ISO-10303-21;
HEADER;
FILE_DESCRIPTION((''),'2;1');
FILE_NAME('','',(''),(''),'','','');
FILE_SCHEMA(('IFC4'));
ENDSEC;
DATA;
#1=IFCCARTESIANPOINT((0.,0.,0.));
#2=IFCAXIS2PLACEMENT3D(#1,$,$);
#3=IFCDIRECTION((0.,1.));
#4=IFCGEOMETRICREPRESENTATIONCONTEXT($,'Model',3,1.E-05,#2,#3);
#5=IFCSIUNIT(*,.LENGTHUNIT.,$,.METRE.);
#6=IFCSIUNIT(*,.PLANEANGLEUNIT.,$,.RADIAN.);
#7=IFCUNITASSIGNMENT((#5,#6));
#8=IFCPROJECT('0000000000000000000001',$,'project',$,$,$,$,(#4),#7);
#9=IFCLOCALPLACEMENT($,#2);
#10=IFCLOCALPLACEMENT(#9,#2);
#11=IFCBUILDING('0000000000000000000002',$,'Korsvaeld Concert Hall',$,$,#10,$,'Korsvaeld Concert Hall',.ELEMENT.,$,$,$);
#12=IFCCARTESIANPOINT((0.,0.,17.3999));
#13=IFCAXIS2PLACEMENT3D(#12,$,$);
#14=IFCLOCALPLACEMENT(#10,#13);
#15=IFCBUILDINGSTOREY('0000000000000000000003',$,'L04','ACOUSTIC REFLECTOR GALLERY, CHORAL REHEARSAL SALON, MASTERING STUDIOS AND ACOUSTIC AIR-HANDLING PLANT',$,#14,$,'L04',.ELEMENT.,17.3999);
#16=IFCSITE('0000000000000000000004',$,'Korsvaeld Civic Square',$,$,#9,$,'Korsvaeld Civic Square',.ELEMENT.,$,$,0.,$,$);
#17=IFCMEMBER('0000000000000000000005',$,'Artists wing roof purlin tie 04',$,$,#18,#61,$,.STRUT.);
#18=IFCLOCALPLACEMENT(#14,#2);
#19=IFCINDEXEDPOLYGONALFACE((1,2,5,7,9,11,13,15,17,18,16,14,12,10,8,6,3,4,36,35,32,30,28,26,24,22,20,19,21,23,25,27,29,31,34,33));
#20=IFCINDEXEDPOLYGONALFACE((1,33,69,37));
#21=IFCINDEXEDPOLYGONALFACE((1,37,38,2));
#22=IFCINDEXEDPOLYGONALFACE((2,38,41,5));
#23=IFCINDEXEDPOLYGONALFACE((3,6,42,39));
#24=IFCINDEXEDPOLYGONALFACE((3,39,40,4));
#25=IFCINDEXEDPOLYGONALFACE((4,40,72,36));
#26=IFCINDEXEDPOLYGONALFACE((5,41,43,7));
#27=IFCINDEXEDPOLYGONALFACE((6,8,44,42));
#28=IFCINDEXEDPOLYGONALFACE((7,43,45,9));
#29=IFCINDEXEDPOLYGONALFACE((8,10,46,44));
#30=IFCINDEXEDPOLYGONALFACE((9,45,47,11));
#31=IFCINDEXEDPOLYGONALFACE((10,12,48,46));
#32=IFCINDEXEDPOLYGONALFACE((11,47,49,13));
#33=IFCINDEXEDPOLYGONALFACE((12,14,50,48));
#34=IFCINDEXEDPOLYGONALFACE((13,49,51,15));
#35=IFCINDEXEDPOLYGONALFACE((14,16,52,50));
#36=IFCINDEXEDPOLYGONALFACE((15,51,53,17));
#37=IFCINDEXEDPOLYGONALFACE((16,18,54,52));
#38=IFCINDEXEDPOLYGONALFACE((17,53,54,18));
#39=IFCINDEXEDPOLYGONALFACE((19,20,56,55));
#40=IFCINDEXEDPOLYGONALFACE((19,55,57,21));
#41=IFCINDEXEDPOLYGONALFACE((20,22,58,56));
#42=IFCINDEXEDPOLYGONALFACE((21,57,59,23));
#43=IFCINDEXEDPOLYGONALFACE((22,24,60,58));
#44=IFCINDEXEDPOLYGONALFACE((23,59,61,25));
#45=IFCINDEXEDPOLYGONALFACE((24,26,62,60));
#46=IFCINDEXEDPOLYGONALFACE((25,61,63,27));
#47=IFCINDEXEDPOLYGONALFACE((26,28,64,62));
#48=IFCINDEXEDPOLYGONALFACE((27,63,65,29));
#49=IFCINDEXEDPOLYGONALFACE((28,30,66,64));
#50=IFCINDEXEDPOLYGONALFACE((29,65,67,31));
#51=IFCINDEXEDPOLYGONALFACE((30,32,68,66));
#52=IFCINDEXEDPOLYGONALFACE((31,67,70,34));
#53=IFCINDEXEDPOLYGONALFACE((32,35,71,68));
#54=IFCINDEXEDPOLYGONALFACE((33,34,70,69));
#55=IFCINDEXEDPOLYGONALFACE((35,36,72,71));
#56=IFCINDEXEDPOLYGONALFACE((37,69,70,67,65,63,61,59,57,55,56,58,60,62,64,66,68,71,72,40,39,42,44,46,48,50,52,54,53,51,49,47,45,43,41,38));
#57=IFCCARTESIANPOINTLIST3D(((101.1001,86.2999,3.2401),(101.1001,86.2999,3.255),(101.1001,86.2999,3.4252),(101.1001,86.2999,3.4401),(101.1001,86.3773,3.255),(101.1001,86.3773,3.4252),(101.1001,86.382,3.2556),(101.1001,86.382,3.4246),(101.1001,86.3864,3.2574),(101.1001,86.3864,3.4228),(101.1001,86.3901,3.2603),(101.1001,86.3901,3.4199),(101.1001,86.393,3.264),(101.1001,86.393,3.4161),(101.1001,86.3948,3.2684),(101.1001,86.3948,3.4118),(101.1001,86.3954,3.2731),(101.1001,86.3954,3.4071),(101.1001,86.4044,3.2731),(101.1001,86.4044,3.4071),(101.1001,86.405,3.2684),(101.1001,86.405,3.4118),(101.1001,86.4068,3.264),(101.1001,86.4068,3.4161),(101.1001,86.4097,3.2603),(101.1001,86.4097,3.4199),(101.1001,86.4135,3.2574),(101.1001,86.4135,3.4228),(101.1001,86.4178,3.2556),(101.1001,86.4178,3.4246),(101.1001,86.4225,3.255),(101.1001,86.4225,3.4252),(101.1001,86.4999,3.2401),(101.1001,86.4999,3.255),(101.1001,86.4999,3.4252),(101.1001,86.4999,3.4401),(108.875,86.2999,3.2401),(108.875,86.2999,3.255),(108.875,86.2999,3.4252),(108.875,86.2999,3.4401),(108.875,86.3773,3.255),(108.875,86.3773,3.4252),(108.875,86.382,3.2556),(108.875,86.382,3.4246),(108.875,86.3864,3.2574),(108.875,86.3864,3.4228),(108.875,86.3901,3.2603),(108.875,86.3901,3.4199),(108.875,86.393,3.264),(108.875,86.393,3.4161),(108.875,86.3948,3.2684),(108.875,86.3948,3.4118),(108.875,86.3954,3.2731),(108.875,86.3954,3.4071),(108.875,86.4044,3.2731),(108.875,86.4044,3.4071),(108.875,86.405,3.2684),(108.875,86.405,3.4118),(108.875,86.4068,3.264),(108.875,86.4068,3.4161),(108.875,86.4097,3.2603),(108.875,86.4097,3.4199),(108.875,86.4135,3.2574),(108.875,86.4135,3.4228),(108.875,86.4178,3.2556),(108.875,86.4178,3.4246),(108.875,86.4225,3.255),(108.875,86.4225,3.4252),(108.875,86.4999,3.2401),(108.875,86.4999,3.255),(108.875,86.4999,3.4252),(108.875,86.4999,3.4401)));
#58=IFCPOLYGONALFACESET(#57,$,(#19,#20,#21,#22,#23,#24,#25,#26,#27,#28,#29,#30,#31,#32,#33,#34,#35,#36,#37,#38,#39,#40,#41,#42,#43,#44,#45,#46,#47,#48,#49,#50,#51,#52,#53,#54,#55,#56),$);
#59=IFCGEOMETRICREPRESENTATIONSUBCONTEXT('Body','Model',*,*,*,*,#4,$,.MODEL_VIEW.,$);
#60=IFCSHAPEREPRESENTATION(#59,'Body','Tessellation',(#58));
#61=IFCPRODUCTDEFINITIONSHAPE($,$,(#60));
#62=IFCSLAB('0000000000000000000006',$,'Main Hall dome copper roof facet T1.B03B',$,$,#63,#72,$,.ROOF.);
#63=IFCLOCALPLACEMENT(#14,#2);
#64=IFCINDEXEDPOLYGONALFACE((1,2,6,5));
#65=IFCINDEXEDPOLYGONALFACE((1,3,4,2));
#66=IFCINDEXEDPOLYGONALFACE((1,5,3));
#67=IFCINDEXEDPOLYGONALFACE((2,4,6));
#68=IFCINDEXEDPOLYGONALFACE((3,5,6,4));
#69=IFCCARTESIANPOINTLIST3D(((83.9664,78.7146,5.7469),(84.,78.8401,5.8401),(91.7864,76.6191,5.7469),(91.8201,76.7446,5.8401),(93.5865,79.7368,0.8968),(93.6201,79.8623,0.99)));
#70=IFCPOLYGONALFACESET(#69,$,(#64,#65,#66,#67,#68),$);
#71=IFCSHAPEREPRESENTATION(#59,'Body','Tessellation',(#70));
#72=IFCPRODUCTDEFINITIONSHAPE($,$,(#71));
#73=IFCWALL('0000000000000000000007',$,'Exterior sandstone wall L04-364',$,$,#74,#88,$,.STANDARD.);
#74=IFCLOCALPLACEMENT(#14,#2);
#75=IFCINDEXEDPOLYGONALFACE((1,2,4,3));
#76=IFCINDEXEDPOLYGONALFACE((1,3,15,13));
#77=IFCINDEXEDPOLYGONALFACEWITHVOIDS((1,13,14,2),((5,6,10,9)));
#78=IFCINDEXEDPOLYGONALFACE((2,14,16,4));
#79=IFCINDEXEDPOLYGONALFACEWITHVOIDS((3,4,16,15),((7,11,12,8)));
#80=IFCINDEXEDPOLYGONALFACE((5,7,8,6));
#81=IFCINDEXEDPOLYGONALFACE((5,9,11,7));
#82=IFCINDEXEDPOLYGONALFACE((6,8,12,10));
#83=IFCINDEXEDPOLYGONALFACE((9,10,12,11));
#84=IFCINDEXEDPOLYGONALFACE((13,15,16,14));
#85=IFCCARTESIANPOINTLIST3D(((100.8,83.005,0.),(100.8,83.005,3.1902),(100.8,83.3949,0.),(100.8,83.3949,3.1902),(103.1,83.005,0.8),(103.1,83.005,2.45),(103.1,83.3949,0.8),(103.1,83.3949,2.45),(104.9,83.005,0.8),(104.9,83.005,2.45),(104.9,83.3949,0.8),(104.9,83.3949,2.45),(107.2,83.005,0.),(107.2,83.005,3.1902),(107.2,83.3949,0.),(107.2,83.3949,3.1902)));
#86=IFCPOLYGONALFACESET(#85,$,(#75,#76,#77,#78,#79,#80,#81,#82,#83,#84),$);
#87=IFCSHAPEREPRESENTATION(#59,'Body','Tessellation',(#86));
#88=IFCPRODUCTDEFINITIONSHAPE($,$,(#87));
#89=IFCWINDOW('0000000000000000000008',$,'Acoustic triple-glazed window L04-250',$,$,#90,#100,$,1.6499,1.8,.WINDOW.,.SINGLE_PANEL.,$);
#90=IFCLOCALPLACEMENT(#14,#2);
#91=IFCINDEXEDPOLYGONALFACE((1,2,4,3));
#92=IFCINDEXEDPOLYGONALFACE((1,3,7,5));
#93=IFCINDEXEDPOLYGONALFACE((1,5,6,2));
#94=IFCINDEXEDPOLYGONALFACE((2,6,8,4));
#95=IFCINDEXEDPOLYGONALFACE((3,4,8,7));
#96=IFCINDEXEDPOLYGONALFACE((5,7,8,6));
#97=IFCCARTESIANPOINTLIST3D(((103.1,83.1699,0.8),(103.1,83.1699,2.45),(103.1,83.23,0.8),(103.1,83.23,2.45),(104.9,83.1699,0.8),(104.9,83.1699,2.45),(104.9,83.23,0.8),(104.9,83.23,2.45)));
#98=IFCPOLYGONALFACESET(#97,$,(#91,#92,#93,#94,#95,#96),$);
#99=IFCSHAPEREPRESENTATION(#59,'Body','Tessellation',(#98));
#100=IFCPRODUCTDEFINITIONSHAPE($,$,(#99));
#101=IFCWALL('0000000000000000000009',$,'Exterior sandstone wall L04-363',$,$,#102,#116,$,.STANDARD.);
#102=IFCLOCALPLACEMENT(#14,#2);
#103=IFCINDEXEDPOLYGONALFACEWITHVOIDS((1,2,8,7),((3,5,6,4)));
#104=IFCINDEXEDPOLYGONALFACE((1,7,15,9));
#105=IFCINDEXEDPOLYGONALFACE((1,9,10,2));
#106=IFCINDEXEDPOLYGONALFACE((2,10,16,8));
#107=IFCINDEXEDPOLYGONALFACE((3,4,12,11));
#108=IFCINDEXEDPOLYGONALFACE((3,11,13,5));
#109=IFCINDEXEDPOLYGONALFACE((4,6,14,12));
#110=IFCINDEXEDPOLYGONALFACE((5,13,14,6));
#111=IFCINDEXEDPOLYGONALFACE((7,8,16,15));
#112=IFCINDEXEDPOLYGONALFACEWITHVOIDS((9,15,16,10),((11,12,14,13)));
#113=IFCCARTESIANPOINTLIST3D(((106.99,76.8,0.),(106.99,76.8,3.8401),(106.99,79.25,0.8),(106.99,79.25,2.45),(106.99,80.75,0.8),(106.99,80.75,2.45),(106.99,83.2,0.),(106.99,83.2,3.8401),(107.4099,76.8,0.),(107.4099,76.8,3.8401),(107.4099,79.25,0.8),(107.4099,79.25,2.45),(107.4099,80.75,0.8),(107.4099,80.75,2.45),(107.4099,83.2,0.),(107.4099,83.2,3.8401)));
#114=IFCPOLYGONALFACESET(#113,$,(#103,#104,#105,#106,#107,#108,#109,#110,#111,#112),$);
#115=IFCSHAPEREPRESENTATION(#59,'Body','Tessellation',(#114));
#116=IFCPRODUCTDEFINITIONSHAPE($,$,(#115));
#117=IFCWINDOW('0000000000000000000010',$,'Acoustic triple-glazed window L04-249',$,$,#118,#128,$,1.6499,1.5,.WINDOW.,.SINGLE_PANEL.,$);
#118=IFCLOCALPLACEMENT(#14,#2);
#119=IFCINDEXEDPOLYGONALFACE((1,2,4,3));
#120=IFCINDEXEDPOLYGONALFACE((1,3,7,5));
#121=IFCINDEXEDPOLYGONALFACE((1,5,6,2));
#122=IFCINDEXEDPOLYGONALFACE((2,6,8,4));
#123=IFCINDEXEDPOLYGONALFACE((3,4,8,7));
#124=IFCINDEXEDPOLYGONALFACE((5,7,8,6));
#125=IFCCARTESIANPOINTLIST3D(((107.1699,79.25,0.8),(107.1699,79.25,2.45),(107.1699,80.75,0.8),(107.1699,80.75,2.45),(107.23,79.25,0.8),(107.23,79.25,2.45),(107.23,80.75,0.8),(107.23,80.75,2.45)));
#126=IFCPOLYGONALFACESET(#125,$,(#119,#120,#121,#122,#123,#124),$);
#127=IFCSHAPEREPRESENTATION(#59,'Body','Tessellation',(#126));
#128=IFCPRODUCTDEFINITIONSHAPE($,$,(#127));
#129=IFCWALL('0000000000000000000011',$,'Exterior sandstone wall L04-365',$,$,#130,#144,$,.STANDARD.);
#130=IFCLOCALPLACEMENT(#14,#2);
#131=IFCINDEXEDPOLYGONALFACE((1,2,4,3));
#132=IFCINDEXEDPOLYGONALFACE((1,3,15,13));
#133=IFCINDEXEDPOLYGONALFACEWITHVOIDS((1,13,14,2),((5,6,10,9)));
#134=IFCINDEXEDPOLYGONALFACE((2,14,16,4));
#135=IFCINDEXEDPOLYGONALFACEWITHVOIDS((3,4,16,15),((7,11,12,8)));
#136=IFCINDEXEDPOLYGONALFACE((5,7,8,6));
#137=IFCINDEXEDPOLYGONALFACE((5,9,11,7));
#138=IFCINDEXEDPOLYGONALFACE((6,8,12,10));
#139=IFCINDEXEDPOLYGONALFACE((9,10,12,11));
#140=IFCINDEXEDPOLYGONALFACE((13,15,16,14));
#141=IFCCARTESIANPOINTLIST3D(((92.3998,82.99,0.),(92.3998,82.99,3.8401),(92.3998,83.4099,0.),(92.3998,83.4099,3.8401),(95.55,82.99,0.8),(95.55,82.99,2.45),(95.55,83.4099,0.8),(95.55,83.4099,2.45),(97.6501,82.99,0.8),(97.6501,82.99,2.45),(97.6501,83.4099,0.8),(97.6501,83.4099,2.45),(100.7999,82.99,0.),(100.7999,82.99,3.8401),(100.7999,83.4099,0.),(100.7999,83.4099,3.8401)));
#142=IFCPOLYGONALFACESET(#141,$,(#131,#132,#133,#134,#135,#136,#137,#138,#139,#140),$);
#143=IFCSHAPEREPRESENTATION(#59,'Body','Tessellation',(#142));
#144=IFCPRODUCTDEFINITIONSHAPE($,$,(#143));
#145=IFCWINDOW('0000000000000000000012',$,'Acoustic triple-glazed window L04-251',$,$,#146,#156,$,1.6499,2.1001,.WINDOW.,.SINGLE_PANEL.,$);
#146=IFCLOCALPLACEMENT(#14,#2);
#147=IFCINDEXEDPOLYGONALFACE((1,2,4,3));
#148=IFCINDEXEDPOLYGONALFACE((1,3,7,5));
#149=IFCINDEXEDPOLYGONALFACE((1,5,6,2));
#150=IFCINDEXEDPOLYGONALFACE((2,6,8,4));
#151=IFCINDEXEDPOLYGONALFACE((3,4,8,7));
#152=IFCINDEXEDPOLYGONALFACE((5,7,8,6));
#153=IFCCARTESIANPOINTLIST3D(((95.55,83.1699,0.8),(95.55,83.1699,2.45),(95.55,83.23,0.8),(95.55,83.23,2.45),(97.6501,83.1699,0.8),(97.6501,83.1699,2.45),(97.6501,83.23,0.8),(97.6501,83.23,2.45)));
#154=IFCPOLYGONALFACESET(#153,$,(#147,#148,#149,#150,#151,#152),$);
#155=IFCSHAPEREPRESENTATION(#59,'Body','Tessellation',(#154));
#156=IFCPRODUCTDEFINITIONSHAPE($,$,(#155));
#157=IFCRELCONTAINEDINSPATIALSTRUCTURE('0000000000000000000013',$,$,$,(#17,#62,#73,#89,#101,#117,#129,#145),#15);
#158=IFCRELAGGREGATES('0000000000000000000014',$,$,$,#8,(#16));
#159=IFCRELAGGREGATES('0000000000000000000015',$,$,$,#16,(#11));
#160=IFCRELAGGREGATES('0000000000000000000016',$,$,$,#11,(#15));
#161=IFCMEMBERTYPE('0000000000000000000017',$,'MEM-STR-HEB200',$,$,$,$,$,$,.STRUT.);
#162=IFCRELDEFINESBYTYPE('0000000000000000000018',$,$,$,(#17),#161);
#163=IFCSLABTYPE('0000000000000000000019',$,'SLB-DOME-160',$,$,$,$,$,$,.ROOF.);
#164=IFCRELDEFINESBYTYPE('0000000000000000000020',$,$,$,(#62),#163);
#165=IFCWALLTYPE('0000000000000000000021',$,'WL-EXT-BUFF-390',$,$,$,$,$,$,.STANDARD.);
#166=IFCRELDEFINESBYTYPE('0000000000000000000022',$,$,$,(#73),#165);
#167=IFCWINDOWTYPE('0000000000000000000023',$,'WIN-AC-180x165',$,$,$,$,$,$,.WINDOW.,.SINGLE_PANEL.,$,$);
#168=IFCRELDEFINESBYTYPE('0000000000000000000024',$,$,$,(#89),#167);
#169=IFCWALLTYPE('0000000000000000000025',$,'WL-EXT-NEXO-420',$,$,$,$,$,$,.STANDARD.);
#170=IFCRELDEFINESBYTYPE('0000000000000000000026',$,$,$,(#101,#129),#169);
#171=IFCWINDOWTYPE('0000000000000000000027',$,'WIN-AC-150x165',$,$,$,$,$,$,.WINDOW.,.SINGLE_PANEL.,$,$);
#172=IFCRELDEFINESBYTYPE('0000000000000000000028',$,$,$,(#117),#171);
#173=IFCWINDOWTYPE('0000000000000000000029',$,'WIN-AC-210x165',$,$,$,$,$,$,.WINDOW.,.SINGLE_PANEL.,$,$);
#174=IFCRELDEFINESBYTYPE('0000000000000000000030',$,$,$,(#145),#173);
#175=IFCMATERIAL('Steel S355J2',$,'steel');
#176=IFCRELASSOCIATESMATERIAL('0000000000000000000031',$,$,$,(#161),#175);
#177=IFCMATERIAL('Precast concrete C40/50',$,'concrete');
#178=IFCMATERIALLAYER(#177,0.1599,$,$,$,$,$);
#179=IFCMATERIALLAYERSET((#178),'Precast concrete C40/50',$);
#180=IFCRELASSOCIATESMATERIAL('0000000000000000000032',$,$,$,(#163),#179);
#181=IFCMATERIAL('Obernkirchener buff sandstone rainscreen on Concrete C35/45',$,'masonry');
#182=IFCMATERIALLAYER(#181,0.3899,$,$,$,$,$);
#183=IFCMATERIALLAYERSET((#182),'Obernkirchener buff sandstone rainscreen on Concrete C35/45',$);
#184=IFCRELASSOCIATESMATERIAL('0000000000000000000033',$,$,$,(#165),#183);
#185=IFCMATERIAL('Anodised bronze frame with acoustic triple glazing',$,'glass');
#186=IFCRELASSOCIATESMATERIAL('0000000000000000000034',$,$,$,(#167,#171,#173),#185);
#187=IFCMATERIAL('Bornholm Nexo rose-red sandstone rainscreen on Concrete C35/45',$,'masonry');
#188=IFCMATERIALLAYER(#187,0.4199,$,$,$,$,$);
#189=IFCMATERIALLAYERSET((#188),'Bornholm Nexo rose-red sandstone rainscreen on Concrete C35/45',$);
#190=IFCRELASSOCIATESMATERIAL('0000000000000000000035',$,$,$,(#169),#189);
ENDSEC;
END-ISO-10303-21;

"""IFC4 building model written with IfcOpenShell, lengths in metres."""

from ifc_helpers import new_model, si_unit, direction, frame, frame_2d, origin, origin_2d, place, context, subcontext, project, spatial, polyline, rectangle, i_section, outline, extrude, material, layer, layer_set, material_profile, profile_set, type_object, element, fill, save


model = new_model("IFC4")

# Units and contexts
model_context = context("Model", 3, precision=1e-05, world=origin(), true_north=direction((0.0, 1.0)))
body_context = subcontext(model_context, "Body", "Model", "MODEL_VIEW")
ifc_project = project(units=[si_unit("LENGTHUNIT", "METRE"), si_unit("PLANEANGLEUNIT", "RADIAN")], contexts=[model_context])

# Site, building, storey
site_placement = place(None, origin())
site = spatial("IfcSite", under=ifc_project, at=site_placement, Name="Korsvaeld Civic Square", LongName="Korsvaeld Civic Square", CompositionType="ELEMENT", RefElevation=0.0)
building_placement = place(site_placement, origin())
building = spatial("IfcBuilding", under=site, at=building_placement, Name="Korsvaeld Concert Hall", LongName="Korsvaeld Concert Hall", CompositionType="ELEMENT")
storey_placement = place(building_placement, frame((0.0, 0.0, 17.3999)))
storey = spatial("IfcBuildingStorey", under=building, at=storey_placement, Name="L04", Description="ACOUSTIC REFLECTOR GALLERY, CHORAL REHEARSAL SALON, MASTERING STUDIOS AND ACOUSTIC AIR-HANDLING PLANT", LongName="L04", CompositionType="ELEMENT", Elevation=17.3999)

# Shared definitions
ifc_material_1 = material(Name="Steel S355J2", Category="steel")

# Member
ifc_material_profile_1 = material_profile(ifc_material_1, i_section(OverallWidth=0.2, OverallDepth=0.2, WebThickness=0.009, FlangeThickness=0.0149, FilletRadius=0.0181, at=origin_2d()), Name="HEB 200")
ifc_profile_set_1 = profile_set([ifc_material_profile_1], Name="Steel S355J2")
member_type = type_object("IfcMemberType", Name="MEM-STR-HEB200", PredefinedType="STRUT", material=ifc_profile_set_1)
member_placement = place(storey_placement, frame((101.1001, 86.3999, 3.3401), z_axis=(1.0, 0.0, 0.0), x_axis=(0.0, 1.0, 0.0)))
element("IfcMember", 1, at=member_placement, inside=storey, type_object=member_type, Name="Artists wing roof purlin tie 04", PredefinedType="STRUT", context=body_context, shape_type="SweptSolid", body=[
    extrude(i_section(OverallWidth=0.2, OverallDepth=0.2, WebThickness=0.009, FlangeThickness=0.0149, FilletRadius=0.0181, at=origin_2d()), origin(), (0.0, 0.0, 1.0), 7.7749),
])

# Slab
ifc_material_2 = material(Name="Precast concrete C40/50", Category="concrete")
ifc_layer_1 = layer(ifc_material_2, 0.1599)
ifc_layer_set_1 = layer_set([ifc_layer_1], Name="Precast concrete C40/50")
slab_type = type_object("IfcSlabType", Name="SLB-DOME-160", PredefinedType="ROOF", material=ifc_layer_set_1)
slab_placement = place(storey_placement, frame((93.6201, 79.8623, 0.99), z_axis=(0.21035, 0.785009, 0.582678), x_axis=(-0.888943, -0.094458, 0.448171)))
element("IfcSlab", 2, at=slab_placement, inside=storey, type_object=slab_type, Name="Main Hall dome copper roof facet T1.B03B", PredefinedType="ROOF", context=body_context, shape_type="SweptSolid", body=[
    extrude(outline(polyline([(0.0, 0.0), (10.822, 0.0), (4.0683, 4.4646), (0.0, 0.0)])), origin(), (0.0, 0.0, -1.0), 0.1599),
])

# Walls, openings, windows
ifc_material_3 = material(Name="Obernkirchener buff sandstone rainscreen on Concrete C35/45", Category="masonry")
ifc_layer_2 = layer(ifc_material_3, 0.3899)
ifc_layer_set_2 = layer_set([ifc_layer_2], Name="Obernkirchener buff sandstone rainscreen on Concrete C35/45")
wall_type_1 = type_object("IfcWallType", Name="WL-EXT-BUFF-390", PredefinedType="STANDARD", material=ifc_layer_set_2)
wall_1_placement = place(storey_placement, frame((107.2, 83.2, 0.0), z_axis=(0.0, 0.0, 1.0), x_axis=(-1.0, 0.0, 0.0)))
wall_1 = element("IfcWall", 3, at=wall_1_placement, inside=storey, type_object=wall_type_1, Name="Exterior sandstone wall L04-364", PredefinedType="STANDARD", context=body_context, shape_type="SweptSolid", body=[
    extrude(rectangle(XDim=6.3999, YDim=0.3899, at=frame_2d((3.2, 0.0))), origin(), (0.0, 0.0, 1.0), 3.1902),
])
opening_1_placement = place(wall_1_placement, frame((2.3, 0.0, 0.8)))
opening_1 = element("IfcOpeningElement", 4, at=opening_1_placement, cuts=wall_1, PredefinedType="OPENING", context=body_context, shape_type="SweptSolid", body=[
    extrude(rectangle(XDim=1.8, YDim=1.6499, at=frame_2d((0.8999, 0.825))), frame((0.0, 0.2051, 0.0), z_axis=(0.0, -1.0, 0.0), x_axis=(1.0, 0.0, 0.0)), (0.0, 0.0, 1.0), 0.4099),
])
ifc_material_4 = material(Name="Anodised bronze frame with acoustic triple glazing", Category="glass")
window_type_1 = type_object("IfcWindowType", Name="WIN-AC-180x165", PartitioningType="SINGLE_PANEL", PredefinedType="WINDOW", material=ifc_material_4)
window_1_placement = place(opening_1_placement, origin())
window_1 = element("IfcWindow", 5, at=window_1_placement, inside=storey, type_object=window_type_1, Name="Acoustic triple-glazed window L04-250", OverallHeight=1.6499, OverallWidth=1.8, PartitioningType="SINGLE_PANEL", PredefinedType="WINDOW", context=body_context, shape_type="SweptSolid", body=[
    extrude(rectangle(XDim=1.8, YDim=1.6499, at=frame_2d((0.8999, 0.825))), frame((0.0, 0.03, 0.0), z_axis=(0.0, -1.0, 0.0), x_axis=(1.0, 0.0, 0.0)), (0.0, 0.0, 1.0), 0.0601),
])
fill(opening_1, window_1)
ifc_material_5 = material(Name="Bornholm Nexo rose-red sandstone rainscreen on Concrete C35/45", Category="masonry")
ifc_layer_3 = layer(ifc_material_5, 0.4199)
ifc_layer_set_3 = layer_set([ifc_layer_3], Name="Bornholm Nexo rose-red sandstone rainscreen on Concrete C35/45")
wall_type_2 = type_object("IfcWallType", Name="WL-EXT-NEXO-420", PredefinedType="STANDARD", material=ifc_layer_set_3)
wall_2_placement = place(storey_placement, frame((107.2, 76.8, 0.0), z_axis=(0.0, 0.0, 1.0), x_axis=(0.0, 1.0, 0.0)))
wall_2 = element("IfcWall", 6, at=wall_2_placement, inside=storey, type_object=wall_type_2, Name="Exterior sandstone wall L04-363", PredefinedType="STANDARD", context=body_context, shape_type="SweptSolid", body=[
    extrude(rectangle(XDim=6.3999, YDim=0.4199, at=frame_2d((3.2, 0.0))), origin(), (0.0, 0.0, 1.0), 3.8401),
])
opening_2_placement = place(wall_2_placement, frame((2.45, 0.0, 0.8)))
opening_2 = element("IfcOpeningElement", 7, at=opening_2_placement, cuts=wall_2, PredefinedType="OPENING", context=body_context, shape_type="SweptSolid", body=[
    extrude(rectangle(XDim=1.5, YDim=1.6499, at=frame_2d((0.75, 0.825))), frame((0.0, 0.22, 0.0), z_axis=(0.0, -1.0, 0.0), x_axis=(1.0, 0.0, 0.0)), (0.0, 0.0, 1.0), 0.4399),
])
window_type_2 = type_object("IfcWindowType", Name="WIN-AC-150x165", PartitioningType="SINGLE_PANEL", PredefinedType="WINDOW", material=ifc_material_4)
window_2_placement = place(opening_2_placement, origin())
window_2 = element("IfcWindow", 8, at=window_2_placement, inside=storey, type_object=window_type_2, Name="Acoustic triple-glazed window L04-249", OverallHeight=1.6499, OverallWidth=1.5, PartitioningType="SINGLE_PANEL", PredefinedType="WINDOW", context=body_context, shape_type="SweptSolid", body=[
    extrude(rectangle(XDim=1.5, YDim=1.6499, at=frame_2d((0.75, 0.825))), frame((0.0, 0.03, 0.0), z_axis=(0.0, -1.0, 0.0), x_axis=(1.0, 0.0, 0.0)), (0.0, 0.0, 1.0), 0.0601),
])
fill(opening_2, window_2)
wall_3_placement = place(storey_placement, frame((100.8, 83.2, 0.0), z_axis=(0.0, 0.0, 1.0), x_axis=(-1.0, 0.0, 0.0)))
wall_3 = element("IfcWall", 9, at=wall_3_placement, inside=storey, type_object=wall_type_2, Name="Exterior sandstone wall L04-365", PredefinedType="STANDARD", context=body_context, shape_type="SweptSolid", body=[
    extrude(rectangle(XDim=8.4001, YDim=0.4199, at=frame_2d((4.2002, 0.0))), origin(), (0.0, 0.0, 1.0), 3.8401),
])
opening_3_placement = place(wall_3_placement, frame((3.1499, 0.0, 0.8)))
opening_3 = element("IfcOpeningElement", 10, at=opening_3_placement, cuts=wall_3, PredefinedType="OPENING", context=body_context, shape_type="SweptSolid", body=[
    extrude(rectangle(XDim=2.1001, YDim=1.6499, at=frame_2d((1.05, 0.825))), frame((0.0, 0.22, 0.0), z_axis=(0.0, -1.0, 0.0), x_axis=(1.0, 0.0, 0.0)), (0.0, 0.0, 1.0), 0.4399),
])
window_type_3 = type_object("IfcWindowType", Name="WIN-AC-210x165", PartitioningType="SINGLE_PANEL", PredefinedType="WINDOW", material=ifc_material_4)
window_3_placement = place(opening_3_placement, origin())
window_3 = element("IfcWindow", 11, at=window_3_placement, inside=storey, type_object=window_type_3, Name="Acoustic triple-glazed window L04-251", OverallHeight=1.6499, OverallWidth=2.1001, PartitioningType="SINGLE_PANEL", PredefinedType="WINDOW", context=body_context, shape_type="SweptSolid", body=[
    extrude(rectangle(XDim=2.1001, YDim=1.6499, at=frame_2d((1.05, 0.825))), frame((0.0, 0.03, 0.0), z_axis=(0.0, -1.0, 0.0), x_axis=(1.0, 0.0, 0.0)), (0.0, 0.0, 1.0), 0.0601),
])
fill(opening_3, window_3)

save(model, "model.ifc")
